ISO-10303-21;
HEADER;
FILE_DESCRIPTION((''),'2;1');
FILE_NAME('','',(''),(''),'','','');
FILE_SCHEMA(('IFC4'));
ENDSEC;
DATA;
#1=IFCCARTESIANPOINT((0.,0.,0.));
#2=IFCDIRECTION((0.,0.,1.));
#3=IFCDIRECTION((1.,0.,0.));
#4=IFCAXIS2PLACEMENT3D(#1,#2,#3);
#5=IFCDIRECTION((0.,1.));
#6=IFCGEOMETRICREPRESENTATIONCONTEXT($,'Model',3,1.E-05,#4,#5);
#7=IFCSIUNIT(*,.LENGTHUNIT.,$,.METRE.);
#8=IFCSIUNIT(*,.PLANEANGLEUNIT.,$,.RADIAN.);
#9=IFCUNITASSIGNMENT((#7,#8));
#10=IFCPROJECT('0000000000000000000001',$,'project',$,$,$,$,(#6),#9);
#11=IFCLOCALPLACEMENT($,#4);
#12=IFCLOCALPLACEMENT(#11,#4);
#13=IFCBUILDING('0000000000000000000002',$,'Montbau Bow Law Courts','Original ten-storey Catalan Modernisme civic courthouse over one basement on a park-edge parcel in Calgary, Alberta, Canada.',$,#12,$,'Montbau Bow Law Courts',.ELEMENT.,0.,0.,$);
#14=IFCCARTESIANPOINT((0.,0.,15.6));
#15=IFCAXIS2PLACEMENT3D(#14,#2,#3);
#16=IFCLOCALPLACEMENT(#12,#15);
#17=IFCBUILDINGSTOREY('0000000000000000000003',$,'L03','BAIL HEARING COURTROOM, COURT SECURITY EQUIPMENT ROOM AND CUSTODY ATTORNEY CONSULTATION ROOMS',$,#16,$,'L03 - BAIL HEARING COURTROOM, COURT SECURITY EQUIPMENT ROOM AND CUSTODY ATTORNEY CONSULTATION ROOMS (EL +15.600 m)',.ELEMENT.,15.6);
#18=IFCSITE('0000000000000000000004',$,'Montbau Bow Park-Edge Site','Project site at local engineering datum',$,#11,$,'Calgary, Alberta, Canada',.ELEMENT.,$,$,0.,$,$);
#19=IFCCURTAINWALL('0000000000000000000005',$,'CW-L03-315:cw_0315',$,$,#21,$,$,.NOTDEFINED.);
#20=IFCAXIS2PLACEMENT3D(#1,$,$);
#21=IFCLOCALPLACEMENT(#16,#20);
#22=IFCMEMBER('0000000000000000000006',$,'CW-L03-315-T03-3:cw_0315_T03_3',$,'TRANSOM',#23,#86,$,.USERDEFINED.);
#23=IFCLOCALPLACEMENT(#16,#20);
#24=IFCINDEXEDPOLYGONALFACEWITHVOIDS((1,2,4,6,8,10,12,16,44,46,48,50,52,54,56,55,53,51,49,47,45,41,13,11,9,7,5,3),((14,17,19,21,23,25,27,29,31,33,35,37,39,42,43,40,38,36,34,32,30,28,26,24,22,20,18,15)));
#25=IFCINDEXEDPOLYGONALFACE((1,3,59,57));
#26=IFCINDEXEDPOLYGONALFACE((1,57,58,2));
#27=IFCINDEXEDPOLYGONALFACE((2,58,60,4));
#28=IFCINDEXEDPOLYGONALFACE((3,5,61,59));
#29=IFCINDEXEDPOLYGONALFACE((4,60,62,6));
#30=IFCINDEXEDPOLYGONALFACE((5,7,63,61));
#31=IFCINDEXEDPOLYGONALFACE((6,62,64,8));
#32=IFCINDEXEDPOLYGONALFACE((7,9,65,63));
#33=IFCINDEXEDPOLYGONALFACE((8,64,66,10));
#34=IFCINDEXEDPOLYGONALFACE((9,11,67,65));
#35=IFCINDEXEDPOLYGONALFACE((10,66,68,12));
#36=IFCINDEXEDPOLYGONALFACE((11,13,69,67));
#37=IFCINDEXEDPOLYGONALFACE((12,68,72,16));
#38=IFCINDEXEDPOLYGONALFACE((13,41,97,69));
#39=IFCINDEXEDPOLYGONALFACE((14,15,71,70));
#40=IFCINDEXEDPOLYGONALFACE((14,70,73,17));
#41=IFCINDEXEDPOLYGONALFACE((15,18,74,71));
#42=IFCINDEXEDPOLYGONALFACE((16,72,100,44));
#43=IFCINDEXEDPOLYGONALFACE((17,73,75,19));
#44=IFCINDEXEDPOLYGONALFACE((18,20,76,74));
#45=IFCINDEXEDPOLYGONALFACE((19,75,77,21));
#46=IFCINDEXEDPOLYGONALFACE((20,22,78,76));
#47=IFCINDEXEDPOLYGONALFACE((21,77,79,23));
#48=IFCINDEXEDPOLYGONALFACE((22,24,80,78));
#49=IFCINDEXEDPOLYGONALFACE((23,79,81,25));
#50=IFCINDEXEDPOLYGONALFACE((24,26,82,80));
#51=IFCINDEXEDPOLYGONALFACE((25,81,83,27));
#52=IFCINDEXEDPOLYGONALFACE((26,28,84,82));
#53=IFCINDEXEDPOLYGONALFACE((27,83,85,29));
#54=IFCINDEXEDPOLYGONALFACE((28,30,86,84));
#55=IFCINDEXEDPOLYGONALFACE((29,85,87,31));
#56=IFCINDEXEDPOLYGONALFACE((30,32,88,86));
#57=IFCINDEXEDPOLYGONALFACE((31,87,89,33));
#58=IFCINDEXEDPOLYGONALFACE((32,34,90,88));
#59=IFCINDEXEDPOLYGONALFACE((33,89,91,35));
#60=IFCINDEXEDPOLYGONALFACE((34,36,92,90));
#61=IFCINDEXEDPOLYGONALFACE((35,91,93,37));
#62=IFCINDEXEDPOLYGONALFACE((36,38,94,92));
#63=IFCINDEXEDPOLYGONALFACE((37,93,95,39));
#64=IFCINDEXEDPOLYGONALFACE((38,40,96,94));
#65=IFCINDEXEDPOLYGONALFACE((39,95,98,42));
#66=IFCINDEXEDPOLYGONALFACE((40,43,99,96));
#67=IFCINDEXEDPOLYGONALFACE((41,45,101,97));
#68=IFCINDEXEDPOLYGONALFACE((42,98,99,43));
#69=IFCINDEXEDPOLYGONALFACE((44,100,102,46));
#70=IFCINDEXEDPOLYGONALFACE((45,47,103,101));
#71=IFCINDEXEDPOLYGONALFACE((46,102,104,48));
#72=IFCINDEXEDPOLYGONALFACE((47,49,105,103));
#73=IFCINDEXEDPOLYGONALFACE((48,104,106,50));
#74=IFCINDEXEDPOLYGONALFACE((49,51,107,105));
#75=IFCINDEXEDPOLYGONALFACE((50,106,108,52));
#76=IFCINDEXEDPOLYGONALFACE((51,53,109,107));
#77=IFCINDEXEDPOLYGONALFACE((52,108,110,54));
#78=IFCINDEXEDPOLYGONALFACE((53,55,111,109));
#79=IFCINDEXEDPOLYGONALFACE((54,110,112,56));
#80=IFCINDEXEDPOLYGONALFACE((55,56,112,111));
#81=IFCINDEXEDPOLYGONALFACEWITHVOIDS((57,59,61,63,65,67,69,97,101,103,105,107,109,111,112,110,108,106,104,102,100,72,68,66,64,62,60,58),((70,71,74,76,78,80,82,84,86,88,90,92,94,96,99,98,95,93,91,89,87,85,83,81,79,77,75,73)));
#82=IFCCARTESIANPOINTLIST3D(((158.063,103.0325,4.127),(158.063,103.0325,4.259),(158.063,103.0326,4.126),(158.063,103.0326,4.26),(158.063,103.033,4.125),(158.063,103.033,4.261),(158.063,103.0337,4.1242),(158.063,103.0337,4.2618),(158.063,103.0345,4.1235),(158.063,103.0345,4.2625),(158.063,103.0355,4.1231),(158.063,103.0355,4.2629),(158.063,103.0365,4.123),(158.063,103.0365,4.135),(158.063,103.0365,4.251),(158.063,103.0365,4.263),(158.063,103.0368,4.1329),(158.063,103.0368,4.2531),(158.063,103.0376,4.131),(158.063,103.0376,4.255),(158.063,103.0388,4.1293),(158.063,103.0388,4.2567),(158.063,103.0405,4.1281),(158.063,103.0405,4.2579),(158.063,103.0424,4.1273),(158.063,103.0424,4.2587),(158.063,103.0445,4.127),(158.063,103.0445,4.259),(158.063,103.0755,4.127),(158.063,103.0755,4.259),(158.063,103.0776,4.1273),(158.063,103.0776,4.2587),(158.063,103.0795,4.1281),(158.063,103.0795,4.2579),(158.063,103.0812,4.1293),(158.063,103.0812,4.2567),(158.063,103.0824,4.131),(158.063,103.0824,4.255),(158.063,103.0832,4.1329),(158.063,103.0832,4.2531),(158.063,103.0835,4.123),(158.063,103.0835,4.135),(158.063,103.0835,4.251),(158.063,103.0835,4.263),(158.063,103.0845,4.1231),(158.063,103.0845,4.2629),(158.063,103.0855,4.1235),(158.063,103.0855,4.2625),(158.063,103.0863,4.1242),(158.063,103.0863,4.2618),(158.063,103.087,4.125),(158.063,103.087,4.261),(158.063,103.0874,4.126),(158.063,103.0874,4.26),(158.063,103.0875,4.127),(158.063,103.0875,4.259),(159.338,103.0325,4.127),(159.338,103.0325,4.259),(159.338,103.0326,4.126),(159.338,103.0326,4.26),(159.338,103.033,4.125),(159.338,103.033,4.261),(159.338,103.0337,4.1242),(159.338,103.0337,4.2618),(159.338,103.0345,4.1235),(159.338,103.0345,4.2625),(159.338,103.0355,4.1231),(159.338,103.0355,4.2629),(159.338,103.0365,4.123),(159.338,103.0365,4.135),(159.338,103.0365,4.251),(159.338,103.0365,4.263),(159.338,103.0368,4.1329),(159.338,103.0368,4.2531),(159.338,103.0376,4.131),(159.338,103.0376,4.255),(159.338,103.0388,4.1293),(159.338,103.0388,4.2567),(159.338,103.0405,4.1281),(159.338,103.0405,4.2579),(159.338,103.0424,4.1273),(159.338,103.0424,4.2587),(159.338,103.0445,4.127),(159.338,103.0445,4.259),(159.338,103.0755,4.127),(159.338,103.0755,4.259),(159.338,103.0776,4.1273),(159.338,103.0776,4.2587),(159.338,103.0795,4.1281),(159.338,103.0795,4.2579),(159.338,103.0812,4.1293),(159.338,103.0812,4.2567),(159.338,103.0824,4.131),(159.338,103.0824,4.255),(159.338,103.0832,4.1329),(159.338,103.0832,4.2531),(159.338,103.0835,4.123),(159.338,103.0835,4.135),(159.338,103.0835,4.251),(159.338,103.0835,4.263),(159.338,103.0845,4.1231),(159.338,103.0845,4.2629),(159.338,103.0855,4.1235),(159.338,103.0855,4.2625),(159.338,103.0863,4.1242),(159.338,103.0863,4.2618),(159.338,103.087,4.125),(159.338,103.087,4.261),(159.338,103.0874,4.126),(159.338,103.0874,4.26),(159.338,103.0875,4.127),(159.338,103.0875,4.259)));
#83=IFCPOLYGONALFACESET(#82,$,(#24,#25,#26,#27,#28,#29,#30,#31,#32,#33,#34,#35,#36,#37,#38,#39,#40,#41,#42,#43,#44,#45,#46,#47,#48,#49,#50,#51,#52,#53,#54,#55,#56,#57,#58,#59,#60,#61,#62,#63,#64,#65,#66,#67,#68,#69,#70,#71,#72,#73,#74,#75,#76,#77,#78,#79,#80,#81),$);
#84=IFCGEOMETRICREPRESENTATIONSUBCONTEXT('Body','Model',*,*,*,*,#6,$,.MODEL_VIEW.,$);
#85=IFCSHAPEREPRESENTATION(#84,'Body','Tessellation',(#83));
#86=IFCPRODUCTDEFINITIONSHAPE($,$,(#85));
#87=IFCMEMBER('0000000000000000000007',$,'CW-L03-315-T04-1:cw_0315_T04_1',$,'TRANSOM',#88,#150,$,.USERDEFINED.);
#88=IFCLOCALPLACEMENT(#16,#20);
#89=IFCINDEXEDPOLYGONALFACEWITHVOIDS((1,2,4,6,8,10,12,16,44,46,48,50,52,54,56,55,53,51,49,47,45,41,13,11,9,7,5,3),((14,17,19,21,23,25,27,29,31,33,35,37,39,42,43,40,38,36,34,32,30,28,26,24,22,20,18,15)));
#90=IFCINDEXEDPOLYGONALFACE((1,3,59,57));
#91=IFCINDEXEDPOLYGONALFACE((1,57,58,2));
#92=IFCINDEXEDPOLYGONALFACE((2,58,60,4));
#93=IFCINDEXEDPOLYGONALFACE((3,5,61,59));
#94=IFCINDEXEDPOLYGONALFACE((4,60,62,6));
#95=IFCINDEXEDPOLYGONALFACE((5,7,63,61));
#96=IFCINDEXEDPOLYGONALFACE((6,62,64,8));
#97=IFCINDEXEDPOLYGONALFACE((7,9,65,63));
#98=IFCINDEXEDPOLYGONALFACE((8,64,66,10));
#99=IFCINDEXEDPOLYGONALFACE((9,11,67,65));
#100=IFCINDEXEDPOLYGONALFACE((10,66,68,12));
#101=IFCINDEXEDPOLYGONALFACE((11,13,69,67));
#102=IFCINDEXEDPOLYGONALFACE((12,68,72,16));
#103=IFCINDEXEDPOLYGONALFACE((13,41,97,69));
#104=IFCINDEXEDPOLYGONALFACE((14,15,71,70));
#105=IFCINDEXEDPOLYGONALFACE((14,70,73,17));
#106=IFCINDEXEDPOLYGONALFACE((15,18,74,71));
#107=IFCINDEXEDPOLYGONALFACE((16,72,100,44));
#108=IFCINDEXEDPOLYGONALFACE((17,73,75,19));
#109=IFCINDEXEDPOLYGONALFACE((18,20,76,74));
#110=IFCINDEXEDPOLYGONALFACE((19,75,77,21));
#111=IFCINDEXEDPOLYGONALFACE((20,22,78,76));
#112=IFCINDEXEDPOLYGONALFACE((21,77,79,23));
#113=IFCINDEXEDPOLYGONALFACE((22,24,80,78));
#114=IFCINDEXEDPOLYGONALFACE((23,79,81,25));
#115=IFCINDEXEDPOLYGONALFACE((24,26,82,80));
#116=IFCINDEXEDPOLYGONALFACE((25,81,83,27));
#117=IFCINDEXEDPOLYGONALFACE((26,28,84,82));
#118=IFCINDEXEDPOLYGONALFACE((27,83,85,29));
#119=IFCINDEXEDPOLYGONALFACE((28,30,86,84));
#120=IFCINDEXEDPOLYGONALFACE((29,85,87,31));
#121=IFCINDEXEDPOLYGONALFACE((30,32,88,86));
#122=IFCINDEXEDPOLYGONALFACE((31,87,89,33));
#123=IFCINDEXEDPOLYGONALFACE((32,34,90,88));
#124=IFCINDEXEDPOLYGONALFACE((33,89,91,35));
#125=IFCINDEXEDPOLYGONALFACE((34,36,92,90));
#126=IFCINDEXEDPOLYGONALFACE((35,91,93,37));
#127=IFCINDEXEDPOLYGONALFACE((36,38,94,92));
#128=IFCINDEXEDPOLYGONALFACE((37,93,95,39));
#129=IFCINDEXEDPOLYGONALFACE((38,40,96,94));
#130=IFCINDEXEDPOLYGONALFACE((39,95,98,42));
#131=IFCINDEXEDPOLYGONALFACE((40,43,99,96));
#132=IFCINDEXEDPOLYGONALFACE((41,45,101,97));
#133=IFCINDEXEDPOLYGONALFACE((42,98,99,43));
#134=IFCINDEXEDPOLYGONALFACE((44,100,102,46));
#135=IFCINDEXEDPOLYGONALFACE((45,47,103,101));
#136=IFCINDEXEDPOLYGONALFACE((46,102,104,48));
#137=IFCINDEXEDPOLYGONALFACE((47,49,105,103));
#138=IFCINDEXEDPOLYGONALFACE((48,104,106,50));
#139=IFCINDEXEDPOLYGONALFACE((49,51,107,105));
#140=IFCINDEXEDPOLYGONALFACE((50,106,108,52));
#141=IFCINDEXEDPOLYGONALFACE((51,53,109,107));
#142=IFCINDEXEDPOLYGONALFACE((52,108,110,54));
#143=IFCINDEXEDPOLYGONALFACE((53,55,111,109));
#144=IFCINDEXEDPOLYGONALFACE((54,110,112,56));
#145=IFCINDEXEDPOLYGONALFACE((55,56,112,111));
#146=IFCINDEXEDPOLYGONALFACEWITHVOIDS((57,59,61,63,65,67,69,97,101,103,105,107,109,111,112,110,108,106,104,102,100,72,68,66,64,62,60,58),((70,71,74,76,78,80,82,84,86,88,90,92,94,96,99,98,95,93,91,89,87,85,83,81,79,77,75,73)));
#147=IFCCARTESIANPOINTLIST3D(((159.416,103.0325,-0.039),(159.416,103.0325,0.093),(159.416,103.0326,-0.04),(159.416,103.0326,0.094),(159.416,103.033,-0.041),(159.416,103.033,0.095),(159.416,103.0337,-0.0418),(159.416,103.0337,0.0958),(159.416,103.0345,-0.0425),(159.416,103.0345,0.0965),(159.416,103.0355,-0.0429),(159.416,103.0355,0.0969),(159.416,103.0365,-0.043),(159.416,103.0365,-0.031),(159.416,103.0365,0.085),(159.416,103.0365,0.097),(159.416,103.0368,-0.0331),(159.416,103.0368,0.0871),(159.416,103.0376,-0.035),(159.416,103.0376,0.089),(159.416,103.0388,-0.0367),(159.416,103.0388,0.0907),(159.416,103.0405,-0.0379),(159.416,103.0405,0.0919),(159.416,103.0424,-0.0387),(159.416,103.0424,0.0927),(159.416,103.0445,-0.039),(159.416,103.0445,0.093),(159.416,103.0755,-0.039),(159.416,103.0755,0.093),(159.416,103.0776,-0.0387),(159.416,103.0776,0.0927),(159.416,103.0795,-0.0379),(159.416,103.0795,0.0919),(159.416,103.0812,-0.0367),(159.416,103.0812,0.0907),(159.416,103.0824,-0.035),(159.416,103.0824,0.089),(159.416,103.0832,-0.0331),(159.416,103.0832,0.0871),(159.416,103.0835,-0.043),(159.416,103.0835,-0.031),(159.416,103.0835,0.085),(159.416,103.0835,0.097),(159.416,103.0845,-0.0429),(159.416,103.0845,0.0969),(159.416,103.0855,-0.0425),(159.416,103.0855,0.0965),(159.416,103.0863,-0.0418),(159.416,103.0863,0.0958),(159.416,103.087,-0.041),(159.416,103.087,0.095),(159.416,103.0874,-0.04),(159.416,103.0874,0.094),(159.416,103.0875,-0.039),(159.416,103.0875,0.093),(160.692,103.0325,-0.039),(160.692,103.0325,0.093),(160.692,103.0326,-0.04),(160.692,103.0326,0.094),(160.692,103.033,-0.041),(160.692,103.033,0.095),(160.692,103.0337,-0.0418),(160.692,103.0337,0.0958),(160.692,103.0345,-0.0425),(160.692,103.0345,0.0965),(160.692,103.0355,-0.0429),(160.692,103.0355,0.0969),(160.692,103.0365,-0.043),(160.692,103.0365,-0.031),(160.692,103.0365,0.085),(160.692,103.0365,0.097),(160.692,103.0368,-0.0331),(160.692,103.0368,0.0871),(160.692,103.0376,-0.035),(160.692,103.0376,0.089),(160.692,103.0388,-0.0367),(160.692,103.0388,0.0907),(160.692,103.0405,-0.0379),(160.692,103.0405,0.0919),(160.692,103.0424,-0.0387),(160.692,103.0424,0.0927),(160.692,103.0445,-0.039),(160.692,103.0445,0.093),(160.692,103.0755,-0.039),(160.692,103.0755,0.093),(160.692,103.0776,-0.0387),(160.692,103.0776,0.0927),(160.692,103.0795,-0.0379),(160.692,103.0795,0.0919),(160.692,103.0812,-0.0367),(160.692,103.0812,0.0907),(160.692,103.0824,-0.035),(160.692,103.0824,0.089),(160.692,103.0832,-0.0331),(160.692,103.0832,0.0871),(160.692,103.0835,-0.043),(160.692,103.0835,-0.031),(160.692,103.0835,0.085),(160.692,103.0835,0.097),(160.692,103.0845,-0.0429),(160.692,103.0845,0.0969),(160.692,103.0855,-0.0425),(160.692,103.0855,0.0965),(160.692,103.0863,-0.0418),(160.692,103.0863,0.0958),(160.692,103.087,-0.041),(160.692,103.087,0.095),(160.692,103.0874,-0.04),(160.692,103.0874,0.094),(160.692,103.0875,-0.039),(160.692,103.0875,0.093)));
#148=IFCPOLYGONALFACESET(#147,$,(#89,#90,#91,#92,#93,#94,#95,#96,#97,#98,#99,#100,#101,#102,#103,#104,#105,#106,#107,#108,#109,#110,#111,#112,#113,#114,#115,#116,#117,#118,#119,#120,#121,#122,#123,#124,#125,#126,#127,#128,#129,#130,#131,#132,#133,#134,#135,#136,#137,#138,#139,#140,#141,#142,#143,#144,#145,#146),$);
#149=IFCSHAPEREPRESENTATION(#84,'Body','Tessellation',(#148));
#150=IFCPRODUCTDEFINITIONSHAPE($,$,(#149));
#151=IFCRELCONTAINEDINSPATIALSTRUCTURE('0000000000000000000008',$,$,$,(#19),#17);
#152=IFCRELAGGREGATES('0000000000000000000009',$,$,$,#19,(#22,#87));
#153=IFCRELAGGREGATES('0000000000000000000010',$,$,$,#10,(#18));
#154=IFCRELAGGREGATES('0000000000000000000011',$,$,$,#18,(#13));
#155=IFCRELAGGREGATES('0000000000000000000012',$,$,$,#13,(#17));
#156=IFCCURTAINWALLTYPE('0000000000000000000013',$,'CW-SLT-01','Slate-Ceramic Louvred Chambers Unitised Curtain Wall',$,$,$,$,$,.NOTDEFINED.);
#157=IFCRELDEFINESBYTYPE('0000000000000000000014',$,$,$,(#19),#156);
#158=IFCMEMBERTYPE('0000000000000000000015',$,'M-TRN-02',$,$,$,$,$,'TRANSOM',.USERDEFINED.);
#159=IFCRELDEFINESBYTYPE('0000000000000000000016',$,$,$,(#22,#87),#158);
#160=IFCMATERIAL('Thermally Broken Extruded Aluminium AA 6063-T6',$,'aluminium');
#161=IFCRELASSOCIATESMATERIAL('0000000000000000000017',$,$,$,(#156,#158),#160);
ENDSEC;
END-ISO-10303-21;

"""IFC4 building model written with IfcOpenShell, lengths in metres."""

from ifc_helpers import new_model, si_unit, direction, frame, origin_with_axes, origin_2d_with_axis, place, context, subcontext, project, spatial, hollow_rectangle, extrude, material, material_profile, profile_set, type_object, element, aggregate, save


model = new_model("IFC4")

# Units and contexts
model_context = context("Model", 3, precision=1e-05, world=origin_with_axes(), true_north=direction((0.0, 1.0)))
body_context = subcontext(model_context, "Body", "Model", "MODEL_VIEW")
ifc_project = project(units=[si_unit("LENGTHUNIT", "METRE"), si_unit("PLANEANGLEUNIT", "RADIAN")], contexts=[model_context])

# Site, building, storey
site_placement = place(None, origin_with_axes())
site = spatial("IfcSite", under=ifc_project, at=site_placement, Name="Montbau Bow Park-Edge Site", Description="Project site at local engineering datum", LongName="Calgary, Alberta, Canada", CompositionType="ELEMENT", RefElevation=0.0)
building_placement = place(site_placement, origin_with_axes())
building = spatial("IfcBuilding", under=site, at=building_placement, Name="Montbau Bow Law Courts", Description="Original ten-storey Catalan Modernisme civic courthouse over one basement on a park-edge parcel in Calgary, Alberta, Canada.", LongName="Montbau Bow Law Courts", CompositionType="ELEMENT", ElevationOfRefHeight=0.0, ElevationOfTerrain=0.0)
storey_placement = place(building_placement, frame((0.0, 0.0, 15.6), z_axis=(0.0, 0.0, 1.0), x_axis=(1.0, 0.0, 0.0)))
storey = spatial("IfcBuildingStorey", under=building, at=storey_placement, Name="L03", Description="BAIL HEARING COURTROOM, COURT SECURITY EQUIPMENT ROOM AND CUSTODY ATTORNEY CONSULTATION ROOMS", LongName="L03 - BAIL HEARING COURTROOM, COURT SECURITY EQUIPMENT ROOM AND CUSTODY ATTORNEY CONSULTATION ROOMS (EL +15.600 m)", CompositionType="ELEMENT", Elevation=15.6)

# Curtain wall, members
ifc_material_1 = material(Name="Thermally Broken Extruded Aluminium AA 6063-T6", Category="aluminium")
curtain_wall_type = type_object("IfcCurtainWallType", Name="CW-SLT-01", Description="Slate-Ceramic Louvred Chambers Unitised Curtain Wall", PredefinedType="NOTDEFINED", material=ifc_material_1)
curtain_wall_placement = place(None, frame((155.315, 103.06, 15.6), z_axis=(0.0, 0.0, 1.0), x_axis=(1.0, 0.0, 0.0)))
curtain_wall = element("IfcCurtainWall", 1, at=curtain_wall_placement, inside=storey, type_object=curtain_wall_type, Name="CW-L03-315:cw_0315", PredefinedType="NOTDEFINED")
ifc_material_profile_1 = material_profile(ifc_material_1, hollow_rectangle(XDim=0.055, YDim=0.14, WallThickness=0.004, InnerFilletRadius=0.008, OuterFilletRadius=0.004, at=origin_2d_with_axis()), Name="CWT-140X55", Category="Main", Priority=0)
ifc_profile_set_1 = profile_set([ifc_material_profile_1], Name="Thermally Broken Extruded Aluminium AA 6063-T6")
member_type_1 = type_object("IfcMemberType", Name="M-TRN-02", ElementType="TRANSOM", PredefinedType="USERDEFINED", material=ifc_profile_set_1)
member_1_placement = place(None, frame((158.063, 103.06, 19.793), z_axis=(1.0, 0.0, 0.0), x_axis=(0.0, 1.0, 0.0)))
member_1 = element("IfcMember", 2, at=member_1_placement, type_object=member_type_1, Name="CW-L03-315-T03-3:cw_0315_T03_3", ObjectType="TRANSOM", PredefinedType="USERDEFINED", context=body_context, shape_type="SweptSolid", body=[
    extrude(hollow_rectangle(XDim=0.055, YDim=0.14, WallThickness=0.004, InnerFilletRadius=0.008, OuterFilletRadius=0.004, at=origin_2d_with_axis()), origin_with_axes(), (0.0, 0.0, 1.0), 1.275),
])
member_2_placement = place(None, frame((159.416, 103.06, 15.627), z_axis=(1.0, 0.0, 0.0), x_axis=(0.0, 1.0, 0.0)))
member_2 = element("IfcMember", 3, at=member_2_placement, type_object=member_type_1, Name="CW-L03-315-T04-1:cw_0315_T04_1", ObjectType="TRANSOM", PredefinedType="USERDEFINED", context=body_context, shape_type="SweptSolid", body=[
    extrude(hollow_rectangle(XDim=0.055, YDim=0.14, WallThickness=0.004, InnerFilletRadius=0.008, OuterFilletRadius=0.004, at=origin_2d_with_axis()), origin_with_axes(), (0.0, 0.0, 1.0), 1.276),
])
aggregate(curtain_wall, [member_1, member_2])

save(model, "model.ifc")
